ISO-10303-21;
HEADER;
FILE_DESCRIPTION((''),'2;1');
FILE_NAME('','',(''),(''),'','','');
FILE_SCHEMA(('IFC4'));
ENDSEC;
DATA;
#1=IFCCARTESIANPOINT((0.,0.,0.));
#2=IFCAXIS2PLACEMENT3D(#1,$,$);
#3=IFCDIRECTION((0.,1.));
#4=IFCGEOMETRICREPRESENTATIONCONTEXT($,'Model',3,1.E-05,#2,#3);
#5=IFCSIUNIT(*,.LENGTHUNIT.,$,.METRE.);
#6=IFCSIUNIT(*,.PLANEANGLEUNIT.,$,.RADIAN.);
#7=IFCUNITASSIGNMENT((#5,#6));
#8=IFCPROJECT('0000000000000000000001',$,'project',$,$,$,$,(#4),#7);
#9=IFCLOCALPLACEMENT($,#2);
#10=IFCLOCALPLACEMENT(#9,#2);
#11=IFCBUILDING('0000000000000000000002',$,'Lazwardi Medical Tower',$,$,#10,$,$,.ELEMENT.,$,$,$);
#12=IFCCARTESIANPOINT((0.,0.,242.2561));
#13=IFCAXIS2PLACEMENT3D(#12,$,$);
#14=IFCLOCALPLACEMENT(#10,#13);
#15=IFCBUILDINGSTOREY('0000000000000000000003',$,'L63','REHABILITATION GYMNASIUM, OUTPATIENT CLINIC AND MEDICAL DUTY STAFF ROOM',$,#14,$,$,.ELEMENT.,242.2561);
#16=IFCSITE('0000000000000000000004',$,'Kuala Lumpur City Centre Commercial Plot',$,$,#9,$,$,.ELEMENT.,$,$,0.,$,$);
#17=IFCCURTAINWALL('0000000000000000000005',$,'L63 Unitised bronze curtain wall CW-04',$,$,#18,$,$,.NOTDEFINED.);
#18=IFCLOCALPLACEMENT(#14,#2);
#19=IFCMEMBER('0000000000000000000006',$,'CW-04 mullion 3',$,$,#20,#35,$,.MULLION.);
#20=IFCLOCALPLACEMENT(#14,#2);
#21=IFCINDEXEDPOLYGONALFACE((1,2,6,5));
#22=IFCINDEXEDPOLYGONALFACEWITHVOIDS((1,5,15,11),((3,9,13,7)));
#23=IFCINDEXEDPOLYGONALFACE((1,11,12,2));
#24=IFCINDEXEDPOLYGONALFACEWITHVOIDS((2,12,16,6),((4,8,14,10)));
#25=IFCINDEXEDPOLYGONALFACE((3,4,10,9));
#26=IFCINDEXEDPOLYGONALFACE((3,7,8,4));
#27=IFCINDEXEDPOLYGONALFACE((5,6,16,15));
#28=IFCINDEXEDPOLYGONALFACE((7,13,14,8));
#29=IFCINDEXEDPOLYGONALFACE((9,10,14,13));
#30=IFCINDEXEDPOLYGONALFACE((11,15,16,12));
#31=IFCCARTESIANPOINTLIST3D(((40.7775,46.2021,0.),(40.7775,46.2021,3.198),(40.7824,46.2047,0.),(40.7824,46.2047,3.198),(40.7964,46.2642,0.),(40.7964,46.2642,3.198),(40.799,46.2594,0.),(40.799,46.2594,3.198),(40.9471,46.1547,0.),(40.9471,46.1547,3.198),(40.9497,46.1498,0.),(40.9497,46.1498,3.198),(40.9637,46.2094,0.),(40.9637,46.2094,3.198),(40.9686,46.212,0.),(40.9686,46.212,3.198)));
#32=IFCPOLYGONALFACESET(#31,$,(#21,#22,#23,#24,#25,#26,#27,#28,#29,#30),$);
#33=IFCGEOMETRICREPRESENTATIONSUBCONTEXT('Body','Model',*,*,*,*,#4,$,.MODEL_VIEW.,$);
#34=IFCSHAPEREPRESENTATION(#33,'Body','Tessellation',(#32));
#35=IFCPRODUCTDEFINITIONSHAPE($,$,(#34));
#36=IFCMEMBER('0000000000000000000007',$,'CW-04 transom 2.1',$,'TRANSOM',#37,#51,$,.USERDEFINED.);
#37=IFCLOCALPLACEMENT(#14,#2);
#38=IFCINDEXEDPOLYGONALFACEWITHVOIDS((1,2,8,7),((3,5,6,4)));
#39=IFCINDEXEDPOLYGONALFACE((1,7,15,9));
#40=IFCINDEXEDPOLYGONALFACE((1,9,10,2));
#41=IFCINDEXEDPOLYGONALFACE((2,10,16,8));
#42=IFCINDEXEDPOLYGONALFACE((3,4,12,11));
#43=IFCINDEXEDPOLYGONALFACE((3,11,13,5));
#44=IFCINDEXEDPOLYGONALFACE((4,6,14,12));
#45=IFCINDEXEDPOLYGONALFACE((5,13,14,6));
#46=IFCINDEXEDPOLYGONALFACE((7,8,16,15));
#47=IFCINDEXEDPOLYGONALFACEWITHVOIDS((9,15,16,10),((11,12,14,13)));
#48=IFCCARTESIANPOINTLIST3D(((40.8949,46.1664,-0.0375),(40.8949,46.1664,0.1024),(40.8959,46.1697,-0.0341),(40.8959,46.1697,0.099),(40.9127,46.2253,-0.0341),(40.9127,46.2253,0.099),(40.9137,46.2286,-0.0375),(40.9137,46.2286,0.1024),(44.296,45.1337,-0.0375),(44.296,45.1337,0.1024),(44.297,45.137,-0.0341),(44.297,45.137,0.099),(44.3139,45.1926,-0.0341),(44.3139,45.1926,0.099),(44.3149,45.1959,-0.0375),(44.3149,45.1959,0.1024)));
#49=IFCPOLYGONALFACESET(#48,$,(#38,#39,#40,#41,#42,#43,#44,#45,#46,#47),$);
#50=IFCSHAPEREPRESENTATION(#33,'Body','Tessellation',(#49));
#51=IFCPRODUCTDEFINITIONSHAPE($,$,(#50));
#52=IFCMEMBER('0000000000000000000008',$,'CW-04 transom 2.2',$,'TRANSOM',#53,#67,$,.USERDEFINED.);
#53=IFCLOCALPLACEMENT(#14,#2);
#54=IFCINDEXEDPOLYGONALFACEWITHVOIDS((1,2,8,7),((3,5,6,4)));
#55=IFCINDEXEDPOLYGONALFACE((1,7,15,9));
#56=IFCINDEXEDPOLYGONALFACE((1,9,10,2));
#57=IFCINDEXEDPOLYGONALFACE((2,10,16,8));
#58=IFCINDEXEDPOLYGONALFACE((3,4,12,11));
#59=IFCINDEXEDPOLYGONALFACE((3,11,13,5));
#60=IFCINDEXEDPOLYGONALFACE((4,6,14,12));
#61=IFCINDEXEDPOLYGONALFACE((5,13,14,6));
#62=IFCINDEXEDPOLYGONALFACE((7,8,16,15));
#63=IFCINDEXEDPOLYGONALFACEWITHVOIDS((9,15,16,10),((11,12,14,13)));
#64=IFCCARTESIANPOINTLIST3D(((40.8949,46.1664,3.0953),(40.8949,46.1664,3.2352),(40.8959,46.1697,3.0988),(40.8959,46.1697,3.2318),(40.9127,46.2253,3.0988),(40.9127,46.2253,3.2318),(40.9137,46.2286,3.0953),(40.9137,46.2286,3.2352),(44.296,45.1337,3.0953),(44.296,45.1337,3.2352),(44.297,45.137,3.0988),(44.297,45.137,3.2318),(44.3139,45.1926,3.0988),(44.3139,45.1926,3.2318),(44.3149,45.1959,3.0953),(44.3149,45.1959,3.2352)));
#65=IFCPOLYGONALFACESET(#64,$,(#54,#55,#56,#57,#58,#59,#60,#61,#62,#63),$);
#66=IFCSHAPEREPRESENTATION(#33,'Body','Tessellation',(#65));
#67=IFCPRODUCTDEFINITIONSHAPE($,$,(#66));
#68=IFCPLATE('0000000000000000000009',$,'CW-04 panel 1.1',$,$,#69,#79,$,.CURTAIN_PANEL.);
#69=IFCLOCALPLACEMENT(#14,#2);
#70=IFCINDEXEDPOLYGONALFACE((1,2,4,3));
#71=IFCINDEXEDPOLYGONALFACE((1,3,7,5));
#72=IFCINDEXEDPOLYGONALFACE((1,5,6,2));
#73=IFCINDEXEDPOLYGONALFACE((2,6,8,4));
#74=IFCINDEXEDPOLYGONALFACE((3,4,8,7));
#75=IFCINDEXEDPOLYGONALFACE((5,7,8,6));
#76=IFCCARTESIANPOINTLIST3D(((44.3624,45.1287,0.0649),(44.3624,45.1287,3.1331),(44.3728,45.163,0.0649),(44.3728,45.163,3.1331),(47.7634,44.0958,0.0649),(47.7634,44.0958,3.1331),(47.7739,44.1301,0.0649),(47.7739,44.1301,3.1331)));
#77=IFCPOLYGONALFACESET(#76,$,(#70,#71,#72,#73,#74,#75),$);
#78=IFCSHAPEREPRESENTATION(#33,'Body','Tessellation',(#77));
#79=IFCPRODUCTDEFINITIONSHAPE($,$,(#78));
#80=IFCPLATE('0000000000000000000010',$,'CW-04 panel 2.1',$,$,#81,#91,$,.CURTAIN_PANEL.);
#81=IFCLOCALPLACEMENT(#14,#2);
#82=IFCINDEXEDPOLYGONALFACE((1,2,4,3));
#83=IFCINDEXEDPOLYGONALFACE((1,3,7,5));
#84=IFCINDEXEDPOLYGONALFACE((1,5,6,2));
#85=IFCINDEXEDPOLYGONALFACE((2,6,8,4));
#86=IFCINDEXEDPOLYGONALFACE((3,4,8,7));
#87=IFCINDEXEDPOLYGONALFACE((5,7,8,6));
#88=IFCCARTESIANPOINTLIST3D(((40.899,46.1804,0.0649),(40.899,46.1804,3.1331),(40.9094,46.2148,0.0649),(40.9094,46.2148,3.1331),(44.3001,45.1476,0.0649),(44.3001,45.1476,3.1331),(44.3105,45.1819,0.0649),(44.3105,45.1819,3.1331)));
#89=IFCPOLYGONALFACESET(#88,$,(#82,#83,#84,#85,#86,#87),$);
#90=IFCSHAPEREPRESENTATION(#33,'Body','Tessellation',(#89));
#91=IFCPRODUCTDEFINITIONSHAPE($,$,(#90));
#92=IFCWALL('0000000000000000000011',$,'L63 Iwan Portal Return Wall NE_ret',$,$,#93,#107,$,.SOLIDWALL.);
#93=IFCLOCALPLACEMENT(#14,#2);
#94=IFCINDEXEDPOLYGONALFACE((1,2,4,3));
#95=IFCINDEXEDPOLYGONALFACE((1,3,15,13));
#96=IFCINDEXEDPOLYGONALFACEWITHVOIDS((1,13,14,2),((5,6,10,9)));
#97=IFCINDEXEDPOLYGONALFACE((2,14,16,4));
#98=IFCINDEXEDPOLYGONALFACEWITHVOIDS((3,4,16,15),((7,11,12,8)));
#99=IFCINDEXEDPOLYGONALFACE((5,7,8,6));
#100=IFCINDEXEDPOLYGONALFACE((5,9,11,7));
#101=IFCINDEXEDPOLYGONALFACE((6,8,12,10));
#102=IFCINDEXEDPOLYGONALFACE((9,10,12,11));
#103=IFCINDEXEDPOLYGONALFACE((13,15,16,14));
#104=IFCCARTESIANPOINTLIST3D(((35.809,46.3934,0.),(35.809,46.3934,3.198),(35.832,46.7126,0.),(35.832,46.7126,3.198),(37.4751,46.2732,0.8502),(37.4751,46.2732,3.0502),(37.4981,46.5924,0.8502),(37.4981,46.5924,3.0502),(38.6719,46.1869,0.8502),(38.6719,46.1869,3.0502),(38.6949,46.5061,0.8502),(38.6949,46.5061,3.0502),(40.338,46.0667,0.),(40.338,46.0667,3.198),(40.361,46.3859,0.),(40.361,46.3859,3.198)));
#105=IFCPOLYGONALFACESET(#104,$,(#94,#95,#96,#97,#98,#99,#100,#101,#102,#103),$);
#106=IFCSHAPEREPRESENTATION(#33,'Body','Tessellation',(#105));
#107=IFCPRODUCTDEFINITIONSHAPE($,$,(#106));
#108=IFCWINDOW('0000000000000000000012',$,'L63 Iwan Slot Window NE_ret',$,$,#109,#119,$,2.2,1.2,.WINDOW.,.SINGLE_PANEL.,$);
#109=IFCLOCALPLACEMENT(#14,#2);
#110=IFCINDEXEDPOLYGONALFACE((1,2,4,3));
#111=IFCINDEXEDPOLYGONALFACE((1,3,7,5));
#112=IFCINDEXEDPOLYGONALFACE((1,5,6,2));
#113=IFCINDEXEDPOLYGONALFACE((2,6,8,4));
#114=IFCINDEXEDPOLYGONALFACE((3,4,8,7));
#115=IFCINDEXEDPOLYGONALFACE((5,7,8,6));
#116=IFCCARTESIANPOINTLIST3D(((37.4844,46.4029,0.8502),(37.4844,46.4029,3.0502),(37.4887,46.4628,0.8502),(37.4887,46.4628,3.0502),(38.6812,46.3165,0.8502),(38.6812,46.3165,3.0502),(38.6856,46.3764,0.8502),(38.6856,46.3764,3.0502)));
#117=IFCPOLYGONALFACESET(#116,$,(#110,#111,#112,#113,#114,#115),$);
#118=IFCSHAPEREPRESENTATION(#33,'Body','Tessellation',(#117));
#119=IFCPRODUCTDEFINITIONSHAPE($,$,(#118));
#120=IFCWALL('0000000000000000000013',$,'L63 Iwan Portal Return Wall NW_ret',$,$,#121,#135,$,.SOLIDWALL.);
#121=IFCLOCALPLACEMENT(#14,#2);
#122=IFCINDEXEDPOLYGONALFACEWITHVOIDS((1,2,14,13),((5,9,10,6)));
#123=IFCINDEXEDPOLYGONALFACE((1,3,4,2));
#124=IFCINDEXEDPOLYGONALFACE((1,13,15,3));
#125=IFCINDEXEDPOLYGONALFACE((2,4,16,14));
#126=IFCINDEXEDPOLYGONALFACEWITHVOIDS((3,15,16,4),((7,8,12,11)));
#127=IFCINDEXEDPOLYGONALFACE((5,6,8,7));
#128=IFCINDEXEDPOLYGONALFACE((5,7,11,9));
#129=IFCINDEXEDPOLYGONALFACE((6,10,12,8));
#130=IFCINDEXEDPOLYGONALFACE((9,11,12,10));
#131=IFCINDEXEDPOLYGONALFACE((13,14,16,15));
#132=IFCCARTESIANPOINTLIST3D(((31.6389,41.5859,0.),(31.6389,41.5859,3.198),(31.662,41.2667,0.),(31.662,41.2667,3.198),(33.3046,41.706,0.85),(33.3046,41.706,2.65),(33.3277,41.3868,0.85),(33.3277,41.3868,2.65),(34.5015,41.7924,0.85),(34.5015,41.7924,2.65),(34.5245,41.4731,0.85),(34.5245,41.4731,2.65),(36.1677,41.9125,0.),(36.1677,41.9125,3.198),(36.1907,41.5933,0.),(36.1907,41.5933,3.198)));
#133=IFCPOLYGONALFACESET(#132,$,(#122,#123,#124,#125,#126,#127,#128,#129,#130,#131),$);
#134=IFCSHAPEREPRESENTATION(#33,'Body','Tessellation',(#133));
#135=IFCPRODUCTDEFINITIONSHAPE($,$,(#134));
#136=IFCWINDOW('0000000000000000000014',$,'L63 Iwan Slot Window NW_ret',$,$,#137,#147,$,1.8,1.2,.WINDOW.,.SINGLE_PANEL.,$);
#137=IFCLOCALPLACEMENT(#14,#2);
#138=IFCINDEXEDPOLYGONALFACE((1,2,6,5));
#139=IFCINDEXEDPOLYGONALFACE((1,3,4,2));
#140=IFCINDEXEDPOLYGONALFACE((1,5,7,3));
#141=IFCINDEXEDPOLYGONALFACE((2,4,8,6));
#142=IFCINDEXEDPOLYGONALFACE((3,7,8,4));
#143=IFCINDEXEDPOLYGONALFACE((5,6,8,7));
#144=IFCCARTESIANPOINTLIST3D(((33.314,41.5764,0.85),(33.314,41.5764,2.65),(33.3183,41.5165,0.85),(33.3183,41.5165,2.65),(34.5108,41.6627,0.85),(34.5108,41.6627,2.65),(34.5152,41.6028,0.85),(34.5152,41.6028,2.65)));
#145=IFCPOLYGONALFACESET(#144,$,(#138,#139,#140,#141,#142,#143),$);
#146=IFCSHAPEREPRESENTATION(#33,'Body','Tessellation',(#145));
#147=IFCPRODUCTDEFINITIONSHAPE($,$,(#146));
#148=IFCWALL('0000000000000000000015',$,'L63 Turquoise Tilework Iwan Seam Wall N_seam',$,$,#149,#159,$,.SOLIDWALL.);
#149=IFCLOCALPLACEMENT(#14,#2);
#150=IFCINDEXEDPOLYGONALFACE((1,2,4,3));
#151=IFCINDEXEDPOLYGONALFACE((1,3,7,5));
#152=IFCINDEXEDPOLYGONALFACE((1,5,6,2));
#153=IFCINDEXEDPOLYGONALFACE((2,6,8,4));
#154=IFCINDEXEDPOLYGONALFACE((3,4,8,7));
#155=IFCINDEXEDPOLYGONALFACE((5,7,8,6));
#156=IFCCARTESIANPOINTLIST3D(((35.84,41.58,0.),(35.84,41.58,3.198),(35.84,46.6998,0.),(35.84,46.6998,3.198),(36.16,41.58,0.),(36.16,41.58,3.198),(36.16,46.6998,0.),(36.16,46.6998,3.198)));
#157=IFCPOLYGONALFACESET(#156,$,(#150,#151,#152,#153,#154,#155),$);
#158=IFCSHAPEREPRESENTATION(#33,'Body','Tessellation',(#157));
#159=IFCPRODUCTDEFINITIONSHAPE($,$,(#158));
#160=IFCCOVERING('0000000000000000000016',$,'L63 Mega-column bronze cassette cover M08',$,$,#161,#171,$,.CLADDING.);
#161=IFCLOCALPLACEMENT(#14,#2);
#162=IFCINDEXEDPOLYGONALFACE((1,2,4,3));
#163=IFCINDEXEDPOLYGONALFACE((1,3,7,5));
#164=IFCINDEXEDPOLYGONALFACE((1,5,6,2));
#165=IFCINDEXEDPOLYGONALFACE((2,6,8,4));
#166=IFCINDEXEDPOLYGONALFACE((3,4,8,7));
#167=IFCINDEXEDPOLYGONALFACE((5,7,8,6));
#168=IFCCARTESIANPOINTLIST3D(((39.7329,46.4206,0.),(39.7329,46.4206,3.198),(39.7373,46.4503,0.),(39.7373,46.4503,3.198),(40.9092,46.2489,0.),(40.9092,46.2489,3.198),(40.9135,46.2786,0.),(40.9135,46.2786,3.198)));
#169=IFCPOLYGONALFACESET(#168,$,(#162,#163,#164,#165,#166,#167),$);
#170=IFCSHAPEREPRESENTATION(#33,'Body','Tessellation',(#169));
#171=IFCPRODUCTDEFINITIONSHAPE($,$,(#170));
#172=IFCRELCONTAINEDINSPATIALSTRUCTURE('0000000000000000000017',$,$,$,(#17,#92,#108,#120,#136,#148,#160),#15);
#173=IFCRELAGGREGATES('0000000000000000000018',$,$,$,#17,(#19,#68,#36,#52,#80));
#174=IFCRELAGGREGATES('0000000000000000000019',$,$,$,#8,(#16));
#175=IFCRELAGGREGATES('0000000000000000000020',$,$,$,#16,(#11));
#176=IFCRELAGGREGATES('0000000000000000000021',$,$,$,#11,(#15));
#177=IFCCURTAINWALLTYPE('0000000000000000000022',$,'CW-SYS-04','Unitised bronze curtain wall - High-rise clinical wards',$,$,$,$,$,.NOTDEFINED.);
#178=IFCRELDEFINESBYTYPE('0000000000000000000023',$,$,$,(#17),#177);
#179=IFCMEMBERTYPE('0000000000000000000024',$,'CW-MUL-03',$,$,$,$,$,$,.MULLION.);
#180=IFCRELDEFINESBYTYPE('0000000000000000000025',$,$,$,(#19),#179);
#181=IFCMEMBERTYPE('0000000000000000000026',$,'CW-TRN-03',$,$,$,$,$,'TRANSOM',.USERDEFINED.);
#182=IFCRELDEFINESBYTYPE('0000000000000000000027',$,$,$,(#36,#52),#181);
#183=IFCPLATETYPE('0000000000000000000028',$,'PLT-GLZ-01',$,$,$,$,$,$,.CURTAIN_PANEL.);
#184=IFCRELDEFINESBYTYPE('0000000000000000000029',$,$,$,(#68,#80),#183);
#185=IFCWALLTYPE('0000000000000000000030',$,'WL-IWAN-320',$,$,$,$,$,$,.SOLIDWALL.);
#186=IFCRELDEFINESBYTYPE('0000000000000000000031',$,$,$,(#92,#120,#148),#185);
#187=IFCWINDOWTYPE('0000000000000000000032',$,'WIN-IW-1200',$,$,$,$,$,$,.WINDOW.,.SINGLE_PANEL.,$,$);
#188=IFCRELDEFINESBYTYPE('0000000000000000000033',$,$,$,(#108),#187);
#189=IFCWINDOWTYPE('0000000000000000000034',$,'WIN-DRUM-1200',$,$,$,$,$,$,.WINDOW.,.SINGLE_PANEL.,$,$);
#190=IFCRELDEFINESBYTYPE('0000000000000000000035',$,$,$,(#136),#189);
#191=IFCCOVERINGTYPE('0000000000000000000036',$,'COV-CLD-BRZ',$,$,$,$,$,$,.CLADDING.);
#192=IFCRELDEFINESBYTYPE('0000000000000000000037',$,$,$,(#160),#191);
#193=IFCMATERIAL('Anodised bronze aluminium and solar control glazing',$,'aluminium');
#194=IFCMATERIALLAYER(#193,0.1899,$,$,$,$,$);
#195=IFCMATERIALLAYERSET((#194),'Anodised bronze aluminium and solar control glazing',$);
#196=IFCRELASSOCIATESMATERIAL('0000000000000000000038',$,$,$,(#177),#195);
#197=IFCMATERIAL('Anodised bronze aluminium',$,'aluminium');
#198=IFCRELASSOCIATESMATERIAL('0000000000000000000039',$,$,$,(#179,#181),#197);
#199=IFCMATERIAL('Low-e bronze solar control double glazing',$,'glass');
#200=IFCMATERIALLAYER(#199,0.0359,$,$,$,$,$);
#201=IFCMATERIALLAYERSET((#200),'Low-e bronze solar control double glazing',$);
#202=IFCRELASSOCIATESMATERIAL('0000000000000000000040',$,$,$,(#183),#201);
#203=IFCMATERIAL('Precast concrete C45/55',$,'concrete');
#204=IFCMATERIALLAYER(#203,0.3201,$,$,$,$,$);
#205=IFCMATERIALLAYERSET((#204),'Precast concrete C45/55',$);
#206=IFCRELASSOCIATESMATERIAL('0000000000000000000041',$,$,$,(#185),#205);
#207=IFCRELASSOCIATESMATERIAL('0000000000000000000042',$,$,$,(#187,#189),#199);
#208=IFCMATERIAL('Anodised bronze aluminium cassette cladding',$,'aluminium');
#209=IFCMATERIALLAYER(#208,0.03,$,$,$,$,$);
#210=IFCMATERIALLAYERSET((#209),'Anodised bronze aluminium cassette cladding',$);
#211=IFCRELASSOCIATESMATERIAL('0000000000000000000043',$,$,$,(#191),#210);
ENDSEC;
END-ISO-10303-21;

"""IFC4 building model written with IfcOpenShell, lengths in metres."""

from ifc_helpers import new_model, si_unit, direction, frame, frame_2d, origin, origin_2d, place, context, subcontext, project, spatial, rectangle, hollow_rectangle, extrude, material, layer, layer_set, material_profile, profile_set, type_object, element, fill, aggregate, save


model = new_model("IFC4")

# Units and contexts
model_context = context("Model", 3, precision=1e-05, world=origin(), true_north=direction((0.0, 1.0)))
body_context = subcontext(model_context, "Body", "Model", "MODEL_VIEW")
ifc_project = project(units=[si_unit("LENGTHUNIT", "METRE"), si_unit("PLANEANGLEUNIT", "RADIAN")], contexts=[model_context])

# Site, building, storey
site_placement = place(None, origin())
site = spatial("IfcSite", under=ifc_project, at=site_placement, Name="Kuala Lumpur City Centre Commercial Plot", CompositionType="ELEMENT", RefElevation=0.0)
building_placement = place(site_placement, origin())
building = spatial("IfcBuilding", under=site, at=building_placement, Name="Lazwardi Medical Tower", CompositionType="ELEMENT")
storey_placement = place(building_placement, frame((0.0, 0.0, 242.2561)))
storey = spatial("IfcBuildingStorey", under=building, at=storey_placement, Name="L63", Description="REHABILITATION GYMNASIUM, OUTPATIENT CLINIC AND MEDICAL DUTY STAFF ROOM", CompositionType="ELEMENT", Elevation=242.2561)

# Curtain wall, members, plates
ifc_material_1 = material(Name="Anodised bronze aluminium and solar control glazing", Category="aluminium")
ifc_layer_1 = layer(ifc_material_1, 0.1899)
ifc_layer_set_1 = layer_set([ifc_layer_1], Name="Anodised bronze aluminium and solar control glazing")
curtain_wall_type = type_object("IfcCurtainWallType", Name="CW-SYS-04", Description="Unitised bronze curtain wall - High-rise clinical wards", PredefinedType="NOTDEFINED", material=ifc_layer_set_1)
curtain_wall_placement = place(storey_placement, origin())
curtain_wall = element("IfcCurtainWall", 1, at=curtain_wall_placement, inside=storey, type_object=curtain_wall_type, Name="L63 Unitised bronze curtain wall CW-04", PredefinedType="NOTDEFINED")
ifc_material_2 = material(Name="Anodised bronze aluminium", Category="aluminium")
ifc_material_profile_1 = material_profile(ifc_material_2, hollow_rectangle(XDim=0.0649, YDim=0.1799, WallThickness=0.0039, at=origin_2d()), Name="ALU-MULLION 180x65x4")
ifc_profile_set_1 = profile_set([ifc_material_profile_1], Name="Anodised bronze aluminium")
member_type_1 = type_object("IfcMemberType", Name="CW-MUL-03", PredefinedType="MULLION", material=ifc_profile_set_1)
member_1_placement = place(storey_placement, frame((40.873, 46.207, 0.0), z_axis=(0.0, 0.0, 1.0), x_axis=(-0.290582, -0.95685, 0.0)))
member_1 = element("IfcMember", 2, at=member_1_placement, type_object=member_type_1, Name="CW-04 mullion 3", PredefinedType="MULLION", context=body_context, shape_type="SweptSolid", body=[
    extrude(hollow_rectangle(XDim=0.0649, YDim=0.1799, WallThickness=0.0039, at=origin_2d()), origin(), (0.0, 0.0, 1.0), 3.198),
])
ifc_material_profile_2 = material_profile(ifc_material_2, hollow_rectangle(XDim=0.0649, YDim=0.1399, WallThickness=0.0034, at=origin_2d()), Name="ALU-TRANSOM 140x65x3.5")
ifc_profile_set_2 = profile_set([ifc_material_profile_2], Name="Anodised bronze aluminium")
member_type_2 = type_object("IfcMemberType", Name="CW-TRN-03", ElementType="TRANSOM", PredefinedType="USERDEFINED", material=ifc_profile_set_2)
member_2_placement = place(storey_placement, frame((44.3054, 45.1648, 0.0325), z_axis=(-0.956863, 0.290541, 0.0), x_axis=(-0.290541, -0.956863, 0.0)))
member_2 = element("IfcMember", 3, at=member_2_placement, type_object=member_type_2, Name="CW-04 transom 2.1", ObjectType="TRANSOM", PredefinedType="USERDEFINED", context=body_context, shape_type="SweptSolid", body=[
    extrude(hollow_rectangle(XDim=0.0649, YDim=0.1399, WallThickness=0.0034, at=origin_2d()), origin(), (0.0, 0.0, 1.0), 3.5544),
])
member_3_placement = place(storey_placement, frame((44.3054, 45.1648, 3.1653), z_axis=(-0.956863, 0.290541, 0.0), x_axis=(-0.290541, -0.956863, 0.0)))
member_3 = element("IfcMember", 4, at=member_3_placement, type_object=member_type_2, Name="CW-04 transom 2.2", ObjectType="TRANSOM", PredefinedType="USERDEFINED", context=body_context, shape_type="SweptSolid", body=[
    extrude(hollow_rectangle(XDim=0.0649, YDim=0.1399, WallThickness=0.0034, at=origin_2d()), origin(), (0.0, 0.0, 1.0), 3.5544),
])
ifc_material_3 = material(Name="Low-e bronze solar control double glazing", Category="glass")
ifc_layer_2 = layer(ifc_material_3, 0.0359)
ifc_layer_set_2 = layer_set([ifc_layer_2], Name="Low-e bronze solar control double glazing")
plate_type = type_object("IfcPlateType", Name="PLT-GLZ-01", PredefinedType="CURTAIN_PANEL", material=ifc_layer_set_2)
plate_1_placement = place(storey_placement, frame((46.0681, 44.6294, 0.0649), z_axis=(0.0, 0.0, 1.0), x_axis=(-0.95685, 0.290582, 0.0)))
plate_1 = element("IfcPlate", 5, at=plate_1_placement, type_object=plate_type, Name="CW-04 panel 1.1", PredefinedType="CURTAIN_PANEL", context=body_context, shape_type="SweptSolid", body=[
    extrude(rectangle(XDim=3.5544, YDim=0.0359, at=origin_2d()), origin(), (0.0, 0.0, 1.0), 3.0681),
])
plate_2_placement = place(storey_placement, frame((42.6047, 45.6812, 0.0649), z_axis=(0.0, 0.0, 1.0), x_axis=(-0.95685, 0.290582, 0.0)))
plate_2 = element("IfcPlate", 6, at=plate_2_placement, type_object=plate_type, Name="CW-04 panel 2.1", PredefinedType="CURTAIN_PANEL", context=body_context, shape_type="SweptSolid", body=[
    extrude(rectangle(XDim=3.5544, YDim=0.0359, at=origin_2d()), origin(), (0.0, 0.0, 1.0), 3.0681),
])
aggregate(curtain_wall, [member_1, plate_1, member_2, member_3, plate_2])

# Walls, openings, windows
ifc_material_4 = material(Name="Precast concrete C45/55", Category="concrete")
ifc_layer_3 = layer(ifc_material_4, 0.3201)
ifc_layer_set_3 = layer_set([ifc_layer_3], Name="Precast concrete C45/55")
wall_type = type_object("IfcWallType", Name="WL-IWAN-320", PredefinedType="SOLIDWALL", material=ifc_layer_set_3)
wall_1_placement = place(storey_placement, frame((40.3496, 46.2263, 0.0), z_axis=(0.0, 0.0, 1.0), x_axis=(-0.997409, 0.071939, 0.0)))
wall_1 = element("IfcWall", 7, at=wall_1_placement, inside=storey, type_object=wall_type, Name="L63 Iwan Portal Return Wall NE_ret", PredefinedType="SOLIDWALL", context=body_context, shape_type="SweptSolid", body=[
    extrude(rectangle(XDim=4.5408, YDim=0.3201, at=frame_2d((2.2705, 0.0))), origin(), (0.0, 0.0, 1.0), 3.198),
])
opening_1_placement = place(wall_1_placement, frame((1.6704, 0.0, 0.8501)))
opening_1 = element("IfcOpeningElement", 8, at=opening_1_placement, cuts=wall_1, PredefinedType="OPENING", context=body_context, shape_type="SweptSolid", body=[
    extrude(rectangle(XDim=1.2, YDim=2.2, at=frame_2d((0.6001, 1.1001))), frame((0.0, 0.1699, 0.0), z_axis=(0.0, -1.0, 0.0), x_axis=(1.0, 0.0, 0.0)), (0.0, 0.0, 1.0), 0.3401),
])
window_type_1 = type_object("IfcWindowType", Name="WIN-IW-1200", PartitioningType="SINGLE_PANEL", PredefinedType="WINDOW", material=ifc_material_3)
window_1_placement = place(opening_1_placement, origin())
window_1 = element("IfcWindow", 9, at=window_1_placement, inside=storey, type_object=window_type_1, Name="L63 Iwan Slot Window NE_ret", OverallHeight=2.2, OverallWidth=1.2, PartitioningType="SINGLE_PANEL", PredefinedType="WINDOW", context=body_context, shape_type="SweptSolid", body=[
    extrude(rectangle(XDim=1.2, YDim=2.2, at=frame_2d((0.6001, 1.1001))), frame((0.0, 0.03, 0.0), z_axis=(0.0, -1.0, 0.0), x_axis=(1.0, 0.0, 0.0)), (0.0, 0.0, 1.0), 0.0601),
])
fill(opening_1, window_1)
wall_2_placement = place(storey_placement, frame((36.1792, 41.7529, 0.0), z_axis=(0.0, 0.0, 1.0), x_axis=(-0.997409, -0.071942, 0.0)))
wall_2 = element("IfcWall", 10, at=wall_2_placement, inside=storey, type_object=wall_type, Name="L63 Iwan Portal Return Wall NW_ret", PredefinedType="SOLIDWALL", context=body_context, shape_type="SweptSolid", body=[
    extrude(rectangle(XDim=4.5405, YDim=0.3201, at=frame_2d((2.2703, 0.0))), origin(), (0.0, 0.0, 1.0), 3.198),
])
opening_2_placement = place(wall_2_placement, frame((1.6704, 0.0, 0.8501)))
opening_2 = element("IfcOpeningElement", 11, at=opening_2_placement, cuts=wall_2, PredefinedType="OPENING", context=body_context, shape_type="SweptSolid", body=[
    extrude(rectangle(XDim=1.2, YDim=1.8, at=frame_2d((0.6001, 0.8999))), frame((0.0, 0.1699, 0.0), z_axis=(0.0, -1.0, 0.0), x_axis=(1.0, 0.0, 0.0)), (0.0, 0.0, 1.0), 0.3401),
])
window_type_2 = type_object("IfcWindowType", Name="WIN-DRUM-1200", PartitioningType="SINGLE_PANEL", PredefinedType="WINDOW", material=ifc_material_3)
window_2_placement = place(opening_2_placement, origin())
window_2 = element("IfcWindow", 12, at=window_2_placement, inside=storey, type_object=window_type_2, Name="L63 Iwan Slot Window NW_ret", OverallHeight=1.8, OverallWidth=1.2, PartitioningType="SINGLE_PANEL", PredefinedType="WINDOW", context=body_context, shape_type="SweptSolid", body=[
    extrude(rectangle(XDim=1.2, YDim=1.8, at=frame_2d((0.6001, 0.8999))), frame((0.0, 0.03, 0.0), z_axis=(0.0, -1.0, 0.0), x_axis=(1.0, 0.0, 0.0)), (0.0, 0.0, 1.0), 0.0601),
])
fill(opening_2, window_2)

# Wall
wall_3_placement = place(storey_placement, frame((36.0, 46.7, 0.0), z_axis=(0.0, 0.0, 1.0), x_axis=(0.0, -1.0, 0.0)))
element("IfcWall", 13, at=wall_3_placement, inside=storey, type_object=wall_type, Name="L63 Turquoise Tilework Iwan Seam Wall N_seam", PredefinedType="SOLIDWALL", context=body_context, shape_type="SweptSolid", body=[
    extrude(rectangle(XDim=5.1199, YDim=0.3201, at=frame_2d((2.5601, 0.0))), origin(), (0.0, 0.0, 1.0), 3.198),
])

# Covering
ifc_material_5 = material(Name="Anodised bronze aluminium cassette cladding", Category="aluminium")
ifc_layer_4 = layer(ifc_material_5, 0.03)
ifc_layer_set_4 = layer_set([ifc_layer_4], Name="Anodised bronze aluminium cassette cladding")
covering_type_1 = type_object("IfcCoveringType", Name="COV-CLD-BRZ", PredefinedType="CLADDING", material=ifc_layer_set_4)
covering_1_placement = place(storey_placement, frame((40.3232, 46.3496, 0.0), z_axis=(0.0, 0.0, 1.0), x_axis=(-0.989512, 0.144448, 0.0)))
element("IfcCovering", 14, at=covering_1_placement, inside=storey, type_object=covering_type_1, Name="L63 Mega-column bronze cassette cover M08", PredefinedType="CLADDING", context=body_context, shape_type="SweptSolid", body=[
    extrude(rectangle(XDim=1.1887, YDim=0.03, at=origin_2d()), origin(), (0.0, 0.0, 1.0), 3.198),
])

save(model, "model.ifc")
